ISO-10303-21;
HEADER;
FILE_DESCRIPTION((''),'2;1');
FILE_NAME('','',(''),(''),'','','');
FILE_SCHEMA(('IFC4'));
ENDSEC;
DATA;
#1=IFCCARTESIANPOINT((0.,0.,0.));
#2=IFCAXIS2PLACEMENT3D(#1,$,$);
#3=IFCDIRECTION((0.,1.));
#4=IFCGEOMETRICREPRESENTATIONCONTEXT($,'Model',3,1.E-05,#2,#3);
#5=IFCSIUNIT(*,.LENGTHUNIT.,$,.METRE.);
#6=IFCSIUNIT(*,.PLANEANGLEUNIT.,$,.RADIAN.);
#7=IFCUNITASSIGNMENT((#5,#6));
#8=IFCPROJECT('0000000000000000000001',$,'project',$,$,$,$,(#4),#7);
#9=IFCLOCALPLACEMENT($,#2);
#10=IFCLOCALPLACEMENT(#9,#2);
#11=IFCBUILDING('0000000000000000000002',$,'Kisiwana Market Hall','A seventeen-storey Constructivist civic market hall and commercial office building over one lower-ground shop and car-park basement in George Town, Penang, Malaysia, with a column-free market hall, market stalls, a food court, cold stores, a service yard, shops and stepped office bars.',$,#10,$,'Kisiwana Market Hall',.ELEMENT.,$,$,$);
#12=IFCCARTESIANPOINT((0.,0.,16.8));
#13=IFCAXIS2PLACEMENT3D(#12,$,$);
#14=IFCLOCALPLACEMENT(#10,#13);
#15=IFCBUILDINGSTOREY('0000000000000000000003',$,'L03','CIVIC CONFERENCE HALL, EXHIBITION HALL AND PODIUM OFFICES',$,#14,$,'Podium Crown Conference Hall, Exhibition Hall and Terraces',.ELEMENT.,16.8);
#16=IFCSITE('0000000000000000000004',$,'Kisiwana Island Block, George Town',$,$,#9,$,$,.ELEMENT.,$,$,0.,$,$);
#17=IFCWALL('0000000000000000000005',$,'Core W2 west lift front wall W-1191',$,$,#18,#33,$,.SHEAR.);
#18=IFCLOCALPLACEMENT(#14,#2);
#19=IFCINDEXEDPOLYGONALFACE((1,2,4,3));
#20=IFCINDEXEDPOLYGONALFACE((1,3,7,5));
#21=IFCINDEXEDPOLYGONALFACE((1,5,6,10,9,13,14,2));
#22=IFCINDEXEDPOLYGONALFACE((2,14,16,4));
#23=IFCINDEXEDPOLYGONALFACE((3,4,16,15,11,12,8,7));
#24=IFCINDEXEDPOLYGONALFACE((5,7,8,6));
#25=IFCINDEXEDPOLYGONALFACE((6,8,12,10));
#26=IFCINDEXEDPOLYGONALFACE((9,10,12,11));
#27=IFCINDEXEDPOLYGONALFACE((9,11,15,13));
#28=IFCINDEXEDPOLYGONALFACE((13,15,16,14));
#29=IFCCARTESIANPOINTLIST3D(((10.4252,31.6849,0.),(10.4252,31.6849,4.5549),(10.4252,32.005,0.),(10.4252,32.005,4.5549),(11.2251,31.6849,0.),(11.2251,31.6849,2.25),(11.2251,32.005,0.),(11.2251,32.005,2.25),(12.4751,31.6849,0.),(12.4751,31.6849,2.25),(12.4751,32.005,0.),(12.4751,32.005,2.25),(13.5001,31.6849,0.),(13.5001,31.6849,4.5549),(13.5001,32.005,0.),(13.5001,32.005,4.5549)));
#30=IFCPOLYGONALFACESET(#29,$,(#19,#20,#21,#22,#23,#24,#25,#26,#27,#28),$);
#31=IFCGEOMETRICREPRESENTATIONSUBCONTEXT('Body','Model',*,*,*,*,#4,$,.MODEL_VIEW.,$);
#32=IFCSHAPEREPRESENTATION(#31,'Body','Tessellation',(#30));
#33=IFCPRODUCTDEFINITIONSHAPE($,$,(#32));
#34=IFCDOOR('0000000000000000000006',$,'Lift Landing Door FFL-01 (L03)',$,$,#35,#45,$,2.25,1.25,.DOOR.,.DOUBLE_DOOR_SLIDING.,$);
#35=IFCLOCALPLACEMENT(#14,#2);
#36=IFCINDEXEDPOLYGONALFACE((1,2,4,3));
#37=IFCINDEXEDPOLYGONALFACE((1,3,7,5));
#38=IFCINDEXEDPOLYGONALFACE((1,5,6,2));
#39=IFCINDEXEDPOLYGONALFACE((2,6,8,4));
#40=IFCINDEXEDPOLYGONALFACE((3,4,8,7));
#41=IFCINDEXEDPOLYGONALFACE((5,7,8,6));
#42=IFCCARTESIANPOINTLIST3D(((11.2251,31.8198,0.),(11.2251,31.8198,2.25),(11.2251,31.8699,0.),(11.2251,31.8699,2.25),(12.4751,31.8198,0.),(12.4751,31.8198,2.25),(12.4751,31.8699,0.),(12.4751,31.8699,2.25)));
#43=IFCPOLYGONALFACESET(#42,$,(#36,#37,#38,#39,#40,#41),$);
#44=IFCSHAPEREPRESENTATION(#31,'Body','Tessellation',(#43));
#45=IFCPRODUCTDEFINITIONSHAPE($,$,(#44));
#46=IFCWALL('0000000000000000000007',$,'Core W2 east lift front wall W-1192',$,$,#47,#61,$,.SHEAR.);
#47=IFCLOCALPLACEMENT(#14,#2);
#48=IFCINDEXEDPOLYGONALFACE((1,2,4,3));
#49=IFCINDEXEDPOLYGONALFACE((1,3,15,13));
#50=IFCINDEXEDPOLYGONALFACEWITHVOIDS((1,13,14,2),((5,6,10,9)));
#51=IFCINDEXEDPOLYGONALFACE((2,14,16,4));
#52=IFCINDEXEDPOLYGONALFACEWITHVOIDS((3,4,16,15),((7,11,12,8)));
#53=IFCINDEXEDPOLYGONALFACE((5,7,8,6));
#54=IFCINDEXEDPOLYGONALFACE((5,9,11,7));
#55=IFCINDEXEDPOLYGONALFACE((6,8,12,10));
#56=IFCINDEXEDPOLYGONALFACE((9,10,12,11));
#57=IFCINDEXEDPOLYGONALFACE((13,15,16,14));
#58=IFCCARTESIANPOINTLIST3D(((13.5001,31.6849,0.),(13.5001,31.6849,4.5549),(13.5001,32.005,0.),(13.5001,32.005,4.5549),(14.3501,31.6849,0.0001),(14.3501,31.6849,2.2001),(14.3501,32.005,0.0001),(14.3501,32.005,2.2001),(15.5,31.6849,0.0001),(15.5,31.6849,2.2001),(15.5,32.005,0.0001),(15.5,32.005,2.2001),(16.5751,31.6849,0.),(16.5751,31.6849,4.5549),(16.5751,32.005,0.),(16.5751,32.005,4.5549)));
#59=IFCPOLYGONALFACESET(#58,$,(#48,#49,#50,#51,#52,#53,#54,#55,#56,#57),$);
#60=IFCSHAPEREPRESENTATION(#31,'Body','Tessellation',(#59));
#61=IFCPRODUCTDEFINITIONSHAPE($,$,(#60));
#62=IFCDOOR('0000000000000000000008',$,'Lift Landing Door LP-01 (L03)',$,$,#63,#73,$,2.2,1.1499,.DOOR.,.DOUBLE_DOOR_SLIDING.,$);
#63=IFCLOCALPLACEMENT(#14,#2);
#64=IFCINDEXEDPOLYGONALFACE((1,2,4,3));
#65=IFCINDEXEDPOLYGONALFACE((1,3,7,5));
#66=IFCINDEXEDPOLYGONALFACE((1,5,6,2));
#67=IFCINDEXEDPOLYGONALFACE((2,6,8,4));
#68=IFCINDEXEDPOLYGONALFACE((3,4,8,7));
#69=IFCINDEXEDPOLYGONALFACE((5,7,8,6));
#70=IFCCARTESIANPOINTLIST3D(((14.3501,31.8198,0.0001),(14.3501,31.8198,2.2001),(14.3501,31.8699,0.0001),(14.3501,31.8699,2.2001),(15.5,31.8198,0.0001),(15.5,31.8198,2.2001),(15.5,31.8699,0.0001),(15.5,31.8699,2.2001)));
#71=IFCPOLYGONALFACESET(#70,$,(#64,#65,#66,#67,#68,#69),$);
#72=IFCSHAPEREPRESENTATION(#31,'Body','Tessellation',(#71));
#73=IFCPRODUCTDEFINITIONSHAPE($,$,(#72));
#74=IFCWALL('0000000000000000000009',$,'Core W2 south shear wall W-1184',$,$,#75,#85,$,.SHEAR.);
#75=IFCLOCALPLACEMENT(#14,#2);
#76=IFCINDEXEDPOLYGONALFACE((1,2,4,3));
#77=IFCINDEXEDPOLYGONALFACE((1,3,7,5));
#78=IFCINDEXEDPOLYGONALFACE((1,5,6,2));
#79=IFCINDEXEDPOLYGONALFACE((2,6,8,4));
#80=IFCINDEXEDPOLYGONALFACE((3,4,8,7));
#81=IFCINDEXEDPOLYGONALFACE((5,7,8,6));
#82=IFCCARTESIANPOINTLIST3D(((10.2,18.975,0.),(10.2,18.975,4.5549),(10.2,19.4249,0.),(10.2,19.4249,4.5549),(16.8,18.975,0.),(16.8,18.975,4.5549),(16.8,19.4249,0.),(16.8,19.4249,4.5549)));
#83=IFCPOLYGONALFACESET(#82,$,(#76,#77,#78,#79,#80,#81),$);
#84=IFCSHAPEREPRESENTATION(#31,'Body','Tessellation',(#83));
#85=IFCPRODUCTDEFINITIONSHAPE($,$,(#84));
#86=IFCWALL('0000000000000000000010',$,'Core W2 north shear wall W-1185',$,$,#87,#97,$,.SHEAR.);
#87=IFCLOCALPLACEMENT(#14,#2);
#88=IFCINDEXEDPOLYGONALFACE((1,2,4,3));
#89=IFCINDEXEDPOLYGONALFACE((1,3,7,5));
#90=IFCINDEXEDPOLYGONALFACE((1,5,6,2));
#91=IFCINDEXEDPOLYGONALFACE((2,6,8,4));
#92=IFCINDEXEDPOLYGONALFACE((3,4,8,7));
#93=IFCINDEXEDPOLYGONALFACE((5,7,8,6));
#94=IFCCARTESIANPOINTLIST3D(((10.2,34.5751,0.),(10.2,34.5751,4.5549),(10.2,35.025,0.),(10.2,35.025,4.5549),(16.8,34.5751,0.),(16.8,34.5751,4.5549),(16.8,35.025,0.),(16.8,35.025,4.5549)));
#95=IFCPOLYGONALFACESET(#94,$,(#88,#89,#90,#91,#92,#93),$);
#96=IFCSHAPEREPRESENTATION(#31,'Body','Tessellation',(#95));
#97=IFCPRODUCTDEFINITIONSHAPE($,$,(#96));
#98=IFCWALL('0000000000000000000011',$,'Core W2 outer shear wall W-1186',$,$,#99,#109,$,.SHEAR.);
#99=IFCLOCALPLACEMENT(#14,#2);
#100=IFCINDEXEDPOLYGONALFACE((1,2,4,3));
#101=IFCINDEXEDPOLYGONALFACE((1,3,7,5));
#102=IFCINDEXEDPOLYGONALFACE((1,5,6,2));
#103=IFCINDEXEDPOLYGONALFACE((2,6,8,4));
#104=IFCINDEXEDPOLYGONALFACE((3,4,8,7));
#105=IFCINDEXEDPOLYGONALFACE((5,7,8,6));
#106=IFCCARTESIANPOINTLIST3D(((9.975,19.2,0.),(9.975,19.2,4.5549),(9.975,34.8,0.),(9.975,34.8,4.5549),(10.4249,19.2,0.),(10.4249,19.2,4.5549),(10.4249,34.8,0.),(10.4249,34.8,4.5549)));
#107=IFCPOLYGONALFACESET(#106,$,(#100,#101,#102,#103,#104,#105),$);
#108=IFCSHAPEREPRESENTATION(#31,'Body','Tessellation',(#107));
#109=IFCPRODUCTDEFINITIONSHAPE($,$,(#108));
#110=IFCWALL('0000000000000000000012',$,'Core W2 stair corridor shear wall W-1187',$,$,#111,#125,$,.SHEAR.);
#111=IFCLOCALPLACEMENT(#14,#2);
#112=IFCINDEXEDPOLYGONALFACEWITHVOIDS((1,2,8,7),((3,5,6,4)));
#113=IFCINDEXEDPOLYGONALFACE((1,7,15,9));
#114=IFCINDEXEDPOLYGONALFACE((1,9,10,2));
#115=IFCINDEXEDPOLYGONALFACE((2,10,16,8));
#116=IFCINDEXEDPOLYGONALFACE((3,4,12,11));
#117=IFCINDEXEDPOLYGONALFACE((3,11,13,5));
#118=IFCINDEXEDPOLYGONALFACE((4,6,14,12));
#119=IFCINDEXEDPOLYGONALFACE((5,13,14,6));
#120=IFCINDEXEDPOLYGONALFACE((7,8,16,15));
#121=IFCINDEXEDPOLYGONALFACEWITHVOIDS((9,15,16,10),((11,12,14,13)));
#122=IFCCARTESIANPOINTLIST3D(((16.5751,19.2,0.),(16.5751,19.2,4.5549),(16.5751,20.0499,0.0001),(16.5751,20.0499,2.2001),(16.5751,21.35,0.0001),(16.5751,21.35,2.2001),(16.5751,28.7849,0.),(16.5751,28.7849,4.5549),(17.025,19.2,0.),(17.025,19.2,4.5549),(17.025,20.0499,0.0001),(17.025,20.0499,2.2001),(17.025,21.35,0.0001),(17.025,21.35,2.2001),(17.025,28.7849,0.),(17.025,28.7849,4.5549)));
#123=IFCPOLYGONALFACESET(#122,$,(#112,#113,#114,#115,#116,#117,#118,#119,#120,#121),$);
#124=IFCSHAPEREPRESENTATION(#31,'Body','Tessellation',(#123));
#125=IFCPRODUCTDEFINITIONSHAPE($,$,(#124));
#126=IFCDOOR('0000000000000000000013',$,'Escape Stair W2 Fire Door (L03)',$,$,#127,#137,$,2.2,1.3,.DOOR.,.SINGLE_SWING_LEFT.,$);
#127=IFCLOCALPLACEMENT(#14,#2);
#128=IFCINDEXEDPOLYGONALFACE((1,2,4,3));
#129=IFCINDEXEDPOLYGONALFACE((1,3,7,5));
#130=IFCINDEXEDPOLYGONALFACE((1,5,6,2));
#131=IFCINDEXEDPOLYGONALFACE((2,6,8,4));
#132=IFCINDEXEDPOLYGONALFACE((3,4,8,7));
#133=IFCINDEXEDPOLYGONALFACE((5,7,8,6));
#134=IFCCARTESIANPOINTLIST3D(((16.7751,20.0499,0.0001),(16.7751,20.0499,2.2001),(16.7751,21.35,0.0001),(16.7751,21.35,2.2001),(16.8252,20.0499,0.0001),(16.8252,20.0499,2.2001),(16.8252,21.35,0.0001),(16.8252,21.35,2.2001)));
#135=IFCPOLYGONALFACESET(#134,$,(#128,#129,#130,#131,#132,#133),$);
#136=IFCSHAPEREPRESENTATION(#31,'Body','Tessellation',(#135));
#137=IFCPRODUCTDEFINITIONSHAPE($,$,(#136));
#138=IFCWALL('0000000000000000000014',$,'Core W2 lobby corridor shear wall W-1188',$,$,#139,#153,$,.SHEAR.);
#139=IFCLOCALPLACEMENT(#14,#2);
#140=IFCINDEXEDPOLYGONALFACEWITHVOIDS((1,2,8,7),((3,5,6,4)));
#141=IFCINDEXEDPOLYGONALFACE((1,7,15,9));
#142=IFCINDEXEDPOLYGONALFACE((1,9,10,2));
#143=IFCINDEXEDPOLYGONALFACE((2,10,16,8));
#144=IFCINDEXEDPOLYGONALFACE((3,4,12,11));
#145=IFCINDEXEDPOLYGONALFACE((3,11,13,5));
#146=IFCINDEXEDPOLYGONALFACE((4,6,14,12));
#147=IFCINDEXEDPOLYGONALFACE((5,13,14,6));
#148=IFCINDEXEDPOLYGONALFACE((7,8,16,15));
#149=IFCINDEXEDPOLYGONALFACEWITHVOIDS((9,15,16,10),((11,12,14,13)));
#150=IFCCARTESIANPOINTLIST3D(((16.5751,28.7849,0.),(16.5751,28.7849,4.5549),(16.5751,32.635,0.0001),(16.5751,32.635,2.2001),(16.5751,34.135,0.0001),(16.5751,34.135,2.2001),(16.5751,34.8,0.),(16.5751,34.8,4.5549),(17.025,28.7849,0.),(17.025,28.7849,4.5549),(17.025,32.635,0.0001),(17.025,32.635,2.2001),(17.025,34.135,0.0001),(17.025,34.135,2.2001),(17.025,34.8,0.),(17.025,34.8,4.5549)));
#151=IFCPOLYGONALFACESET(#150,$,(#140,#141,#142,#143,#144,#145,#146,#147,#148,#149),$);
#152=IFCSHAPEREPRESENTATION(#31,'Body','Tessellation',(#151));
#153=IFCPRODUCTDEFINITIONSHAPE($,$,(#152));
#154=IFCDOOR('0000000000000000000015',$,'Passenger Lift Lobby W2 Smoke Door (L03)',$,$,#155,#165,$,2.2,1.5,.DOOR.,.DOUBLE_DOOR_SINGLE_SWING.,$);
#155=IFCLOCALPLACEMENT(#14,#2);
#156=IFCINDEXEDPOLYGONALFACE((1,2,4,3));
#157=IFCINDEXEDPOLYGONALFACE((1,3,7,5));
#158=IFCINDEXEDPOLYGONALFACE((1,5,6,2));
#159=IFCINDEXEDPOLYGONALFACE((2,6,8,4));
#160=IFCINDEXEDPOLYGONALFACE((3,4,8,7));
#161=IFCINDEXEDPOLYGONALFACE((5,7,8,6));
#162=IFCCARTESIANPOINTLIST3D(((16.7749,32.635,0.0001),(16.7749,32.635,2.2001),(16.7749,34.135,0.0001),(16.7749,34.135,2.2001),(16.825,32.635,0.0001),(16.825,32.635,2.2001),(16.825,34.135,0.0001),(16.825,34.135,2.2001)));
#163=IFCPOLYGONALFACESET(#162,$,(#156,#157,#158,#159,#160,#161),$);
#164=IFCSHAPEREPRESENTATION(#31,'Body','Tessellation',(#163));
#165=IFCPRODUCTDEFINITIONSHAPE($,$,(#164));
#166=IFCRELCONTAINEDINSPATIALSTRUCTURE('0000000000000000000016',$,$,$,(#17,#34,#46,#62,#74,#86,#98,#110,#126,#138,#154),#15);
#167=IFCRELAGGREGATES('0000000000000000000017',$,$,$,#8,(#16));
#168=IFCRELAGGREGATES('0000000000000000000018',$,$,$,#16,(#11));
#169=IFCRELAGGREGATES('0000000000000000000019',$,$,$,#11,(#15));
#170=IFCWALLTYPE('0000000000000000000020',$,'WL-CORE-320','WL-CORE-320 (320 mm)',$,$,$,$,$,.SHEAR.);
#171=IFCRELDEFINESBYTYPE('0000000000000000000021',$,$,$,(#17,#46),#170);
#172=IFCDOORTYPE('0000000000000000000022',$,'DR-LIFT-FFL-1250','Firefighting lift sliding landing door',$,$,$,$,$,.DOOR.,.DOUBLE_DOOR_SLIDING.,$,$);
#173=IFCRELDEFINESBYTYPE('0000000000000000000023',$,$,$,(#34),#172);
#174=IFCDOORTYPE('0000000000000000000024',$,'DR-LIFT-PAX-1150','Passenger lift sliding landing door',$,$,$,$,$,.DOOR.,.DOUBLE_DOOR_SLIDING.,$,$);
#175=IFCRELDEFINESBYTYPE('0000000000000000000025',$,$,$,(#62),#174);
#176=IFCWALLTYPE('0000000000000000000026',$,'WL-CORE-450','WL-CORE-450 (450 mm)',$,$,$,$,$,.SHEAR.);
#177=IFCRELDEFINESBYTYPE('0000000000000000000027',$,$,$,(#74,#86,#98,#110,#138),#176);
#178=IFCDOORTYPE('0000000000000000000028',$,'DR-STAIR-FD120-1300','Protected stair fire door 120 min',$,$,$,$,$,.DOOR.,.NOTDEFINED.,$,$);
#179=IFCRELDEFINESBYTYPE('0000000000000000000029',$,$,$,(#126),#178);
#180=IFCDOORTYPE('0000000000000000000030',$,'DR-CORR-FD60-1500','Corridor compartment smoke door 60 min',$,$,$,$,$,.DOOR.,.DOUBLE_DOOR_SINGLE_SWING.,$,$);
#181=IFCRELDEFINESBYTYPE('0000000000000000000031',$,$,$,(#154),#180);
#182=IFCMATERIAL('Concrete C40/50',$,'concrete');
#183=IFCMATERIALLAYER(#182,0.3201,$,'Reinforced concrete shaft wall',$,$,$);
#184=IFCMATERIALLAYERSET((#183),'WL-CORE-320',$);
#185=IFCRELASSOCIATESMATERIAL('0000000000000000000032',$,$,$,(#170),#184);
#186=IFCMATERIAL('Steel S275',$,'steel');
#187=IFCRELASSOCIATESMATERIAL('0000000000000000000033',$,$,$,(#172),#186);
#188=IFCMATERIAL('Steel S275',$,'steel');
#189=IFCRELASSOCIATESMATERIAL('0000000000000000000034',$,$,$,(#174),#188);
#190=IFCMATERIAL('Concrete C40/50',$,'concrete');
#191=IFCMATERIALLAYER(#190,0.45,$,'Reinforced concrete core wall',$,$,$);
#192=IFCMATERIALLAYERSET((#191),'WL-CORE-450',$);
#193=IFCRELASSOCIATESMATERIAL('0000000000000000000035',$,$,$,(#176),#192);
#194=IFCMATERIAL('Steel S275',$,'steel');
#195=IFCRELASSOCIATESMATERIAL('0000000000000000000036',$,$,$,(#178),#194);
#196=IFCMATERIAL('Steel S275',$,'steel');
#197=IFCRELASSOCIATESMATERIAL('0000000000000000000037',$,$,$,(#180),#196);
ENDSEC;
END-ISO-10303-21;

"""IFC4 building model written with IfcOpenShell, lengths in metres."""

from ifc_helpers import new_model, si_unit, direction, frame, frame_2d, origin, place, context, subcontext, project, spatial, rectangle, extrude, material, layer, layer_set, type_object, element, fill, save


model = new_model("IFC4")

# Units and contexts
model_context = context("Model", 3, precision=1e-05, world=origin(), true_north=direction((0.0, 1.0)))
body_context = subcontext(model_context, "Body", "Model", "MODEL_VIEW")
ifc_project = project(units=[si_unit("LENGTHUNIT", "METRE"), si_unit("PLANEANGLEUNIT", "RADIAN")], contexts=[model_context])

# Site, building, storey
site_placement = place(None, origin())
site = spatial("IfcSite", under=ifc_project, at=site_placement, Name="Kisiwana Island Block, George Town", CompositionType="ELEMENT", RefElevation=0.0)
building_placement = place(site_placement, origin())
building = spatial("IfcBuilding", under=site, at=building_placement, Name="Kisiwana Market Hall", Description="A seventeen-storey Constructivist civic market hall and commercial office building over one lower-ground shop and car-park basement in George Town, Penang, Malaysia, with a column-free market hall, market stalls, a food court, cold stores, a service yard, shops and stepped office bars.", LongName="Kisiwana Market Hall", CompositionType="ELEMENT")
storey_placement = place(building_placement, frame((0.0, 0.0, 16.8)))
storey = spatial("IfcBuildingStorey", under=building, at=storey_placement, Name="L03", Description="CIVIC CONFERENCE HALL, EXHIBITION HALL AND PODIUM OFFICES", LongName="Podium Crown Conference Hall, Exhibition Hall and Terraces", CompositionType="ELEMENT", Elevation=16.8)

# Shared definitions
ifc_material_1 = material(Name="Concrete C40/50", Category="concrete")
ifc_layer_1 = layer(ifc_material_1, 0.3201, Name="Reinforced concrete shaft wall")
ifc_layer_set_1 = layer_set([ifc_layer_1], Name="WL-CORE-320")
wall_type_1 = type_object("IfcWallType", Name="WL-CORE-320", Description="WL-CORE-320 (320 mm)", PredefinedType="SHEAR", material=ifc_layer_set_1)

# Walls, openings, doors
wall_1_placement = place(storey_placement, frame((10.425, 31.845, 0.0), z_axis=(0.0, 0.0, 1.0), x_axis=(1.0, 0.0, 0.0)))
wall_1 = element("IfcWall", 1, at=wall_1_placement, inside=storey, type_object=wall_type_1, Name="Core W2 west lift front wall W-1191", PredefinedType="SHEAR", context=body_context, shape_type="SweptSolid", body=[
    extrude(rectangle(XDim=3.075, YDim=0.3201, at=frame_2d((1.5376, 0.0))), origin(), (0.0, 0.0, 1.0), 4.5549),
])
opening_1_placement = place(wall_1_placement, frame((0.8, 0.0, 0.0)))
opening_1 = element("IfcOpeningElement", 2, at=opening_1_placement, cuts=wall_1, PredefinedType="OPENING", context=body_context, shape_type="SweptSolid", body=[
    extrude(rectangle(XDim=1.25, YDim=2.25, at=frame_2d((0.625, 1.125))), frame((0.0, 0.1719, 0.0), z_axis=(0.0, -1.0, 0.0), x_axis=(1.0, 0.0, 0.0)), (0.0, 0.0, 1.0), 0.344),
])
ifc_material_2 = material(Name="Steel S275", Category="steel")
door_type_1 = type_object("IfcDoorType", Name="DR-LIFT-FFL-1250", Description="Firefighting lift sliding landing door", OperationType="DOUBLE_DOOR_SLIDING", PredefinedType="DOOR", material=ifc_material_2)
door_1_placement = place(opening_1_placement, origin())
door_1 = element("IfcDoor", 3, at=door_1_placement, inside=storey, type_object=door_type_1, Name="Lift Landing Door FFL-01 (L03)", OperationType="DOUBLE_DOOR_SLIDING", OverallHeight=2.25, OverallWidth=1.25, PredefinedType="DOOR", context=body_context, shape_type="SweptSolid", body=[
    extrude(rectangle(XDim=1.25, YDim=2.25, at=frame_2d((0.625, 1.125))), frame((0.0, 0.0249, 0.0), z_axis=(0.0, -1.0, 0.0), x_axis=(1.0, 0.0, 0.0)), (0.0, 0.0, 1.0), 0.05),
])
fill(opening_1, door_1)
wall_2_placement = place(storey_placement, frame((13.5, 31.845, 0.0), z_axis=(0.0, 0.0, 1.0), x_axis=(1.0, 0.0, 0.0)))
wall_2 = element("IfcWall", 4, at=wall_2_placement, inside=storey, type_object=wall_type_1, Name="Core W2 east lift front wall W-1192", PredefinedType="SHEAR", context=body_context, shape_type="SweptSolid", body=[
    extrude(rectangle(XDim=3.075, YDim=0.3201, at=frame_2d((1.5376, 0.0))), origin(), (0.0, 0.0, 1.0), 4.5549),
])
opening_2_placement = place(wall_2_placement, frame((0.8501, 0.0, 0.0)))
opening_2 = element("IfcOpeningElement", 5, at=opening_2_placement, cuts=wall_2, PredefinedType="OPENING", context=body_context, shape_type="SweptSolid", body=[
    extrude(rectangle(XDim=1.1499, YDim=2.2, at=frame_2d((0.575, 1.1001))), frame((0.0, 0.1719, 0.0), z_axis=(0.0, -1.0, 0.0), x_axis=(1.0, 0.0, 0.0)), (0.0, 0.0, 1.0), 0.344),
])
ifc_material_3 = material(Name="Steel S275", Category="steel")
door_type_2 = type_object("IfcDoorType", Name="DR-LIFT-PAX-1150", Description="Passenger lift sliding landing door", OperationType="DOUBLE_DOOR_SLIDING", PredefinedType="DOOR", material=ifc_material_3)
door_2_placement = place(opening_2_placement, origin())
door_2 = element("IfcDoor", 6, at=door_2_placement, inside=storey, type_object=door_type_2, Name="Lift Landing Door LP-01 (L03)", OperationType="DOUBLE_DOOR_SLIDING", OverallHeight=2.2, OverallWidth=1.1499, PredefinedType="DOOR", context=body_context, shape_type="SweptSolid", body=[
    extrude(rectangle(XDim=1.1499, YDim=2.2, at=frame_2d((0.575, 1.1001))), frame((0.0, 0.0249, 0.0), z_axis=(0.0, -1.0, 0.0), x_axis=(1.0, 0.0, 0.0)), (0.0, 0.0, 1.0), 0.05),
])
fill(opening_2, door_2)

# Walls
ifc_material_4 = material(Name="Concrete C40/50", Category="concrete")
ifc_layer_2 = layer(ifc_material_4, 0.45, Name="Reinforced concrete core wall")
ifc_layer_set_2 = layer_set([ifc_layer_2], Name="WL-CORE-450")
wall_type_2 = type_object("IfcWallType", Name="WL-CORE-450", Description="WL-CORE-450 (450 mm)", PredefinedType="SHEAR", material=ifc_layer_set_2)
for number, where, z_axis, x_axis, name in (
    (7, (10.2, 19.2, 0.0), (0.0, 0.0, 1.0), (1.0, 0.0, 0.0), "Core W2 south shear wall W-1184"),
    (8, (10.2, 34.8, 0.0), (0.0, 0.0, 1.0), (1.0, 0.0, 0.0), "Core W2 north shear wall W-1185"),
):
    element("IfcWall", number, at=place(storey_placement, frame(where, z_axis=z_axis, x_axis=x_axis)), inside=storey, type_object=wall_type_2, Name=name, PredefinedType="SHEAR", context=body_context, shape_type="SweptSolid", body=[
        extrude(rectangle(XDim=6.6001, YDim=0.45, at=frame_2d((3.3, 0.0))), origin(), (0.0, 0.0, 1.0), 4.5549),
    ])
wall_3_placement = place(storey_placement, frame((10.2, 19.2, 0.0), z_axis=(0.0, 0.0, 1.0), x_axis=(0.0, 1.0, 0.0)))
element("IfcWall", 9, at=wall_3_placement, inside=storey, type_object=wall_type_2, Name="Core W2 outer shear wall W-1186", PredefinedType="SHEAR", context=body_context, shape_type="SweptSolid", body=[
    extrude(rectangle(XDim=15.6001, YDim=0.45, at=frame_2d((7.8, 0.0))), origin(), (0.0, 0.0, 1.0), 4.5549),
])

# Walls, openings, doors
wall_4_placement = place(storey_placement, frame((16.8, 19.2, 0.0), z_axis=(0.0, 0.0, 1.0), x_axis=(0.0, 1.0, 0.0)))
wall_4 = element("IfcWall", 10, at=wall_4_placement, inside=storey, type_object=wall_type_2, Name="Core W2 stair corridor shear wall W-1187", PredefinedType="SHEAR", context=body_context, shape_type="SweptSolid", body=[
    extrude(rectangle(XDim=9.585, YDim=0.45, at=frame_2d((4.7925, 0.0))), origin(), (0.0, 0.0, 1.0), 4.5549),
])
opening_3_placement = place(wall_4_placement, frame((0.8501, 0.0, 0.0)))
opening_3 = element("IfcOpeningElement", 11, at=opening_3_placement, cuts=wall_4, PredefinedType="OPENING", context=body_context, shape_type="SweptSolid", body=[
    extrude(rectangle(XDim=1.3, YDim=2.2, at=frame_2d((0.6499, 1.1001))), frame((0.0, 0.2368, 0.0), z_axis=(0.0, -1.0, 0.0), x_axis=(1.0, 0.0, 0.0)), (0.0, 0.0, 1.0), 0.4739),
])
ifc_material_5 = material(Name="Steel S275", Category="steel")
door_type_3 = type_object("IfcDoorType", Name="DR-STAIR-FD120-1300", Description="Protected stair fire door 120 min", OperationType="NOTDEFINED", PredefinedType="DOOR", material=ifc_material_5)
door_3_placement = place(opening_3_placement, origin())
door_3 = element("IfcDoor", 12, at=door_3_placement, inside=storey, type_object=door_type_3, Name="Escape Stair W2 Fire Door (L03)", OperationType="SINGLE_SWING_LEFT", OverallHeight=2.2, OverallWidth=1.3, PredefinedType="DOOR", context=body_context, shape_type="SweptSolid", body=[
    extrude(rectangle(XDim=1.3, YDim=2.2, at=frame_2d((0.6499, 1.1001))), frame((0.0, 0.0249, 0.0), z_axis=(0.0, -1.0, 0.0), x_axis=(1.0, 0.0, 0.0)), (0.0, 0.0, 1.0), 0.05),
])
fill(opening_3, door_3)
wall_5_placement = place(storey_placement, frame((16.8, 28.7849, 0.0), z_axis=(0.0, 0.0, 1.0), x_axis=(0.0, 1.0, 0.0)))
wall_5 = element("IfcWall", 13, at=wall_5_placement, inside=storey, type_object=wall_type_2, Name="Core W2 lobby corridor shear wall W-1188", PredefinedType="SHEAR", context=body_context, shape_type="SweptSolid", body=[
    extrude(rectangle(XDim=6.0151, YDim=0.45, at=frame_2d((3.0076, 0.0))), origin(), (0.0, 0.0, 1.0), 4.5549),
])
opening_4_placement = place(wall_5_placement, frame((3.8501, 0.0, 0.0)))
opening_4 = element("IfcOpeningElement", 14, at=opening_4_placement, cuts=wall_5, PredefinedType="OPENING", context=body_context, shape_type="SweptSolid", body=[
    extrude(rectangle(XDim=1.5, YDim=2.2, at=frame_2d((0.75, 1.1001))), frame((0.0, 0.2368, 0.0), z_axis=(0.0, -1.0, 0.0), x_axis=(1.0, 0.0, 0.0)), (0.0, 0.0, 1.0), 0.4739),
])
ifc_material_6 = material(Name="Steel S275", Category="steel")
door_type_4 = type_object("IfcDoorType", Name="DR-CORR-FD60-1500", Description="Corridor compartment smoke door 60 min", OperationType="DOUBLE_DOOR_SINGLE_SWING", PredefinedType="DOOR", material=ifc_material_6)
door_4_placement = place(opening_4_placement, frame((1.5, 0.0, 0.0), z_axis=(0.0, 0.0, 1.0), x_axis=(-1.0, 0.0, 0.0)))
door_4 = element("IfcDoor", 15, at=door_4_placement, inside=storey, type_object=door_type_4, Name="Passenger Lift Lobby W2 Smoke Door (L03)", OperationType="DOUBLE_DOOR_SINGLE_SWING", OverallHeight=2.2, OverallWidth=1.5, PredefinedType="DOOR", context=body_context, shape_type="SweptSolid", body=[
    extrude(rectangle(XDim=1.5, YDim=2.2, at=frame_2d((0.75, 1.1001))), frame((0.0, 0.0249, 0.0), z_axis=(0.0, -1.0, 0.0), x_axis=(1.0, 0.0, 0.0)), (0.0, 0.0, 1.0), 0.05),
])
fill(opening_4, door_4)

save(model, "model.ifc")
